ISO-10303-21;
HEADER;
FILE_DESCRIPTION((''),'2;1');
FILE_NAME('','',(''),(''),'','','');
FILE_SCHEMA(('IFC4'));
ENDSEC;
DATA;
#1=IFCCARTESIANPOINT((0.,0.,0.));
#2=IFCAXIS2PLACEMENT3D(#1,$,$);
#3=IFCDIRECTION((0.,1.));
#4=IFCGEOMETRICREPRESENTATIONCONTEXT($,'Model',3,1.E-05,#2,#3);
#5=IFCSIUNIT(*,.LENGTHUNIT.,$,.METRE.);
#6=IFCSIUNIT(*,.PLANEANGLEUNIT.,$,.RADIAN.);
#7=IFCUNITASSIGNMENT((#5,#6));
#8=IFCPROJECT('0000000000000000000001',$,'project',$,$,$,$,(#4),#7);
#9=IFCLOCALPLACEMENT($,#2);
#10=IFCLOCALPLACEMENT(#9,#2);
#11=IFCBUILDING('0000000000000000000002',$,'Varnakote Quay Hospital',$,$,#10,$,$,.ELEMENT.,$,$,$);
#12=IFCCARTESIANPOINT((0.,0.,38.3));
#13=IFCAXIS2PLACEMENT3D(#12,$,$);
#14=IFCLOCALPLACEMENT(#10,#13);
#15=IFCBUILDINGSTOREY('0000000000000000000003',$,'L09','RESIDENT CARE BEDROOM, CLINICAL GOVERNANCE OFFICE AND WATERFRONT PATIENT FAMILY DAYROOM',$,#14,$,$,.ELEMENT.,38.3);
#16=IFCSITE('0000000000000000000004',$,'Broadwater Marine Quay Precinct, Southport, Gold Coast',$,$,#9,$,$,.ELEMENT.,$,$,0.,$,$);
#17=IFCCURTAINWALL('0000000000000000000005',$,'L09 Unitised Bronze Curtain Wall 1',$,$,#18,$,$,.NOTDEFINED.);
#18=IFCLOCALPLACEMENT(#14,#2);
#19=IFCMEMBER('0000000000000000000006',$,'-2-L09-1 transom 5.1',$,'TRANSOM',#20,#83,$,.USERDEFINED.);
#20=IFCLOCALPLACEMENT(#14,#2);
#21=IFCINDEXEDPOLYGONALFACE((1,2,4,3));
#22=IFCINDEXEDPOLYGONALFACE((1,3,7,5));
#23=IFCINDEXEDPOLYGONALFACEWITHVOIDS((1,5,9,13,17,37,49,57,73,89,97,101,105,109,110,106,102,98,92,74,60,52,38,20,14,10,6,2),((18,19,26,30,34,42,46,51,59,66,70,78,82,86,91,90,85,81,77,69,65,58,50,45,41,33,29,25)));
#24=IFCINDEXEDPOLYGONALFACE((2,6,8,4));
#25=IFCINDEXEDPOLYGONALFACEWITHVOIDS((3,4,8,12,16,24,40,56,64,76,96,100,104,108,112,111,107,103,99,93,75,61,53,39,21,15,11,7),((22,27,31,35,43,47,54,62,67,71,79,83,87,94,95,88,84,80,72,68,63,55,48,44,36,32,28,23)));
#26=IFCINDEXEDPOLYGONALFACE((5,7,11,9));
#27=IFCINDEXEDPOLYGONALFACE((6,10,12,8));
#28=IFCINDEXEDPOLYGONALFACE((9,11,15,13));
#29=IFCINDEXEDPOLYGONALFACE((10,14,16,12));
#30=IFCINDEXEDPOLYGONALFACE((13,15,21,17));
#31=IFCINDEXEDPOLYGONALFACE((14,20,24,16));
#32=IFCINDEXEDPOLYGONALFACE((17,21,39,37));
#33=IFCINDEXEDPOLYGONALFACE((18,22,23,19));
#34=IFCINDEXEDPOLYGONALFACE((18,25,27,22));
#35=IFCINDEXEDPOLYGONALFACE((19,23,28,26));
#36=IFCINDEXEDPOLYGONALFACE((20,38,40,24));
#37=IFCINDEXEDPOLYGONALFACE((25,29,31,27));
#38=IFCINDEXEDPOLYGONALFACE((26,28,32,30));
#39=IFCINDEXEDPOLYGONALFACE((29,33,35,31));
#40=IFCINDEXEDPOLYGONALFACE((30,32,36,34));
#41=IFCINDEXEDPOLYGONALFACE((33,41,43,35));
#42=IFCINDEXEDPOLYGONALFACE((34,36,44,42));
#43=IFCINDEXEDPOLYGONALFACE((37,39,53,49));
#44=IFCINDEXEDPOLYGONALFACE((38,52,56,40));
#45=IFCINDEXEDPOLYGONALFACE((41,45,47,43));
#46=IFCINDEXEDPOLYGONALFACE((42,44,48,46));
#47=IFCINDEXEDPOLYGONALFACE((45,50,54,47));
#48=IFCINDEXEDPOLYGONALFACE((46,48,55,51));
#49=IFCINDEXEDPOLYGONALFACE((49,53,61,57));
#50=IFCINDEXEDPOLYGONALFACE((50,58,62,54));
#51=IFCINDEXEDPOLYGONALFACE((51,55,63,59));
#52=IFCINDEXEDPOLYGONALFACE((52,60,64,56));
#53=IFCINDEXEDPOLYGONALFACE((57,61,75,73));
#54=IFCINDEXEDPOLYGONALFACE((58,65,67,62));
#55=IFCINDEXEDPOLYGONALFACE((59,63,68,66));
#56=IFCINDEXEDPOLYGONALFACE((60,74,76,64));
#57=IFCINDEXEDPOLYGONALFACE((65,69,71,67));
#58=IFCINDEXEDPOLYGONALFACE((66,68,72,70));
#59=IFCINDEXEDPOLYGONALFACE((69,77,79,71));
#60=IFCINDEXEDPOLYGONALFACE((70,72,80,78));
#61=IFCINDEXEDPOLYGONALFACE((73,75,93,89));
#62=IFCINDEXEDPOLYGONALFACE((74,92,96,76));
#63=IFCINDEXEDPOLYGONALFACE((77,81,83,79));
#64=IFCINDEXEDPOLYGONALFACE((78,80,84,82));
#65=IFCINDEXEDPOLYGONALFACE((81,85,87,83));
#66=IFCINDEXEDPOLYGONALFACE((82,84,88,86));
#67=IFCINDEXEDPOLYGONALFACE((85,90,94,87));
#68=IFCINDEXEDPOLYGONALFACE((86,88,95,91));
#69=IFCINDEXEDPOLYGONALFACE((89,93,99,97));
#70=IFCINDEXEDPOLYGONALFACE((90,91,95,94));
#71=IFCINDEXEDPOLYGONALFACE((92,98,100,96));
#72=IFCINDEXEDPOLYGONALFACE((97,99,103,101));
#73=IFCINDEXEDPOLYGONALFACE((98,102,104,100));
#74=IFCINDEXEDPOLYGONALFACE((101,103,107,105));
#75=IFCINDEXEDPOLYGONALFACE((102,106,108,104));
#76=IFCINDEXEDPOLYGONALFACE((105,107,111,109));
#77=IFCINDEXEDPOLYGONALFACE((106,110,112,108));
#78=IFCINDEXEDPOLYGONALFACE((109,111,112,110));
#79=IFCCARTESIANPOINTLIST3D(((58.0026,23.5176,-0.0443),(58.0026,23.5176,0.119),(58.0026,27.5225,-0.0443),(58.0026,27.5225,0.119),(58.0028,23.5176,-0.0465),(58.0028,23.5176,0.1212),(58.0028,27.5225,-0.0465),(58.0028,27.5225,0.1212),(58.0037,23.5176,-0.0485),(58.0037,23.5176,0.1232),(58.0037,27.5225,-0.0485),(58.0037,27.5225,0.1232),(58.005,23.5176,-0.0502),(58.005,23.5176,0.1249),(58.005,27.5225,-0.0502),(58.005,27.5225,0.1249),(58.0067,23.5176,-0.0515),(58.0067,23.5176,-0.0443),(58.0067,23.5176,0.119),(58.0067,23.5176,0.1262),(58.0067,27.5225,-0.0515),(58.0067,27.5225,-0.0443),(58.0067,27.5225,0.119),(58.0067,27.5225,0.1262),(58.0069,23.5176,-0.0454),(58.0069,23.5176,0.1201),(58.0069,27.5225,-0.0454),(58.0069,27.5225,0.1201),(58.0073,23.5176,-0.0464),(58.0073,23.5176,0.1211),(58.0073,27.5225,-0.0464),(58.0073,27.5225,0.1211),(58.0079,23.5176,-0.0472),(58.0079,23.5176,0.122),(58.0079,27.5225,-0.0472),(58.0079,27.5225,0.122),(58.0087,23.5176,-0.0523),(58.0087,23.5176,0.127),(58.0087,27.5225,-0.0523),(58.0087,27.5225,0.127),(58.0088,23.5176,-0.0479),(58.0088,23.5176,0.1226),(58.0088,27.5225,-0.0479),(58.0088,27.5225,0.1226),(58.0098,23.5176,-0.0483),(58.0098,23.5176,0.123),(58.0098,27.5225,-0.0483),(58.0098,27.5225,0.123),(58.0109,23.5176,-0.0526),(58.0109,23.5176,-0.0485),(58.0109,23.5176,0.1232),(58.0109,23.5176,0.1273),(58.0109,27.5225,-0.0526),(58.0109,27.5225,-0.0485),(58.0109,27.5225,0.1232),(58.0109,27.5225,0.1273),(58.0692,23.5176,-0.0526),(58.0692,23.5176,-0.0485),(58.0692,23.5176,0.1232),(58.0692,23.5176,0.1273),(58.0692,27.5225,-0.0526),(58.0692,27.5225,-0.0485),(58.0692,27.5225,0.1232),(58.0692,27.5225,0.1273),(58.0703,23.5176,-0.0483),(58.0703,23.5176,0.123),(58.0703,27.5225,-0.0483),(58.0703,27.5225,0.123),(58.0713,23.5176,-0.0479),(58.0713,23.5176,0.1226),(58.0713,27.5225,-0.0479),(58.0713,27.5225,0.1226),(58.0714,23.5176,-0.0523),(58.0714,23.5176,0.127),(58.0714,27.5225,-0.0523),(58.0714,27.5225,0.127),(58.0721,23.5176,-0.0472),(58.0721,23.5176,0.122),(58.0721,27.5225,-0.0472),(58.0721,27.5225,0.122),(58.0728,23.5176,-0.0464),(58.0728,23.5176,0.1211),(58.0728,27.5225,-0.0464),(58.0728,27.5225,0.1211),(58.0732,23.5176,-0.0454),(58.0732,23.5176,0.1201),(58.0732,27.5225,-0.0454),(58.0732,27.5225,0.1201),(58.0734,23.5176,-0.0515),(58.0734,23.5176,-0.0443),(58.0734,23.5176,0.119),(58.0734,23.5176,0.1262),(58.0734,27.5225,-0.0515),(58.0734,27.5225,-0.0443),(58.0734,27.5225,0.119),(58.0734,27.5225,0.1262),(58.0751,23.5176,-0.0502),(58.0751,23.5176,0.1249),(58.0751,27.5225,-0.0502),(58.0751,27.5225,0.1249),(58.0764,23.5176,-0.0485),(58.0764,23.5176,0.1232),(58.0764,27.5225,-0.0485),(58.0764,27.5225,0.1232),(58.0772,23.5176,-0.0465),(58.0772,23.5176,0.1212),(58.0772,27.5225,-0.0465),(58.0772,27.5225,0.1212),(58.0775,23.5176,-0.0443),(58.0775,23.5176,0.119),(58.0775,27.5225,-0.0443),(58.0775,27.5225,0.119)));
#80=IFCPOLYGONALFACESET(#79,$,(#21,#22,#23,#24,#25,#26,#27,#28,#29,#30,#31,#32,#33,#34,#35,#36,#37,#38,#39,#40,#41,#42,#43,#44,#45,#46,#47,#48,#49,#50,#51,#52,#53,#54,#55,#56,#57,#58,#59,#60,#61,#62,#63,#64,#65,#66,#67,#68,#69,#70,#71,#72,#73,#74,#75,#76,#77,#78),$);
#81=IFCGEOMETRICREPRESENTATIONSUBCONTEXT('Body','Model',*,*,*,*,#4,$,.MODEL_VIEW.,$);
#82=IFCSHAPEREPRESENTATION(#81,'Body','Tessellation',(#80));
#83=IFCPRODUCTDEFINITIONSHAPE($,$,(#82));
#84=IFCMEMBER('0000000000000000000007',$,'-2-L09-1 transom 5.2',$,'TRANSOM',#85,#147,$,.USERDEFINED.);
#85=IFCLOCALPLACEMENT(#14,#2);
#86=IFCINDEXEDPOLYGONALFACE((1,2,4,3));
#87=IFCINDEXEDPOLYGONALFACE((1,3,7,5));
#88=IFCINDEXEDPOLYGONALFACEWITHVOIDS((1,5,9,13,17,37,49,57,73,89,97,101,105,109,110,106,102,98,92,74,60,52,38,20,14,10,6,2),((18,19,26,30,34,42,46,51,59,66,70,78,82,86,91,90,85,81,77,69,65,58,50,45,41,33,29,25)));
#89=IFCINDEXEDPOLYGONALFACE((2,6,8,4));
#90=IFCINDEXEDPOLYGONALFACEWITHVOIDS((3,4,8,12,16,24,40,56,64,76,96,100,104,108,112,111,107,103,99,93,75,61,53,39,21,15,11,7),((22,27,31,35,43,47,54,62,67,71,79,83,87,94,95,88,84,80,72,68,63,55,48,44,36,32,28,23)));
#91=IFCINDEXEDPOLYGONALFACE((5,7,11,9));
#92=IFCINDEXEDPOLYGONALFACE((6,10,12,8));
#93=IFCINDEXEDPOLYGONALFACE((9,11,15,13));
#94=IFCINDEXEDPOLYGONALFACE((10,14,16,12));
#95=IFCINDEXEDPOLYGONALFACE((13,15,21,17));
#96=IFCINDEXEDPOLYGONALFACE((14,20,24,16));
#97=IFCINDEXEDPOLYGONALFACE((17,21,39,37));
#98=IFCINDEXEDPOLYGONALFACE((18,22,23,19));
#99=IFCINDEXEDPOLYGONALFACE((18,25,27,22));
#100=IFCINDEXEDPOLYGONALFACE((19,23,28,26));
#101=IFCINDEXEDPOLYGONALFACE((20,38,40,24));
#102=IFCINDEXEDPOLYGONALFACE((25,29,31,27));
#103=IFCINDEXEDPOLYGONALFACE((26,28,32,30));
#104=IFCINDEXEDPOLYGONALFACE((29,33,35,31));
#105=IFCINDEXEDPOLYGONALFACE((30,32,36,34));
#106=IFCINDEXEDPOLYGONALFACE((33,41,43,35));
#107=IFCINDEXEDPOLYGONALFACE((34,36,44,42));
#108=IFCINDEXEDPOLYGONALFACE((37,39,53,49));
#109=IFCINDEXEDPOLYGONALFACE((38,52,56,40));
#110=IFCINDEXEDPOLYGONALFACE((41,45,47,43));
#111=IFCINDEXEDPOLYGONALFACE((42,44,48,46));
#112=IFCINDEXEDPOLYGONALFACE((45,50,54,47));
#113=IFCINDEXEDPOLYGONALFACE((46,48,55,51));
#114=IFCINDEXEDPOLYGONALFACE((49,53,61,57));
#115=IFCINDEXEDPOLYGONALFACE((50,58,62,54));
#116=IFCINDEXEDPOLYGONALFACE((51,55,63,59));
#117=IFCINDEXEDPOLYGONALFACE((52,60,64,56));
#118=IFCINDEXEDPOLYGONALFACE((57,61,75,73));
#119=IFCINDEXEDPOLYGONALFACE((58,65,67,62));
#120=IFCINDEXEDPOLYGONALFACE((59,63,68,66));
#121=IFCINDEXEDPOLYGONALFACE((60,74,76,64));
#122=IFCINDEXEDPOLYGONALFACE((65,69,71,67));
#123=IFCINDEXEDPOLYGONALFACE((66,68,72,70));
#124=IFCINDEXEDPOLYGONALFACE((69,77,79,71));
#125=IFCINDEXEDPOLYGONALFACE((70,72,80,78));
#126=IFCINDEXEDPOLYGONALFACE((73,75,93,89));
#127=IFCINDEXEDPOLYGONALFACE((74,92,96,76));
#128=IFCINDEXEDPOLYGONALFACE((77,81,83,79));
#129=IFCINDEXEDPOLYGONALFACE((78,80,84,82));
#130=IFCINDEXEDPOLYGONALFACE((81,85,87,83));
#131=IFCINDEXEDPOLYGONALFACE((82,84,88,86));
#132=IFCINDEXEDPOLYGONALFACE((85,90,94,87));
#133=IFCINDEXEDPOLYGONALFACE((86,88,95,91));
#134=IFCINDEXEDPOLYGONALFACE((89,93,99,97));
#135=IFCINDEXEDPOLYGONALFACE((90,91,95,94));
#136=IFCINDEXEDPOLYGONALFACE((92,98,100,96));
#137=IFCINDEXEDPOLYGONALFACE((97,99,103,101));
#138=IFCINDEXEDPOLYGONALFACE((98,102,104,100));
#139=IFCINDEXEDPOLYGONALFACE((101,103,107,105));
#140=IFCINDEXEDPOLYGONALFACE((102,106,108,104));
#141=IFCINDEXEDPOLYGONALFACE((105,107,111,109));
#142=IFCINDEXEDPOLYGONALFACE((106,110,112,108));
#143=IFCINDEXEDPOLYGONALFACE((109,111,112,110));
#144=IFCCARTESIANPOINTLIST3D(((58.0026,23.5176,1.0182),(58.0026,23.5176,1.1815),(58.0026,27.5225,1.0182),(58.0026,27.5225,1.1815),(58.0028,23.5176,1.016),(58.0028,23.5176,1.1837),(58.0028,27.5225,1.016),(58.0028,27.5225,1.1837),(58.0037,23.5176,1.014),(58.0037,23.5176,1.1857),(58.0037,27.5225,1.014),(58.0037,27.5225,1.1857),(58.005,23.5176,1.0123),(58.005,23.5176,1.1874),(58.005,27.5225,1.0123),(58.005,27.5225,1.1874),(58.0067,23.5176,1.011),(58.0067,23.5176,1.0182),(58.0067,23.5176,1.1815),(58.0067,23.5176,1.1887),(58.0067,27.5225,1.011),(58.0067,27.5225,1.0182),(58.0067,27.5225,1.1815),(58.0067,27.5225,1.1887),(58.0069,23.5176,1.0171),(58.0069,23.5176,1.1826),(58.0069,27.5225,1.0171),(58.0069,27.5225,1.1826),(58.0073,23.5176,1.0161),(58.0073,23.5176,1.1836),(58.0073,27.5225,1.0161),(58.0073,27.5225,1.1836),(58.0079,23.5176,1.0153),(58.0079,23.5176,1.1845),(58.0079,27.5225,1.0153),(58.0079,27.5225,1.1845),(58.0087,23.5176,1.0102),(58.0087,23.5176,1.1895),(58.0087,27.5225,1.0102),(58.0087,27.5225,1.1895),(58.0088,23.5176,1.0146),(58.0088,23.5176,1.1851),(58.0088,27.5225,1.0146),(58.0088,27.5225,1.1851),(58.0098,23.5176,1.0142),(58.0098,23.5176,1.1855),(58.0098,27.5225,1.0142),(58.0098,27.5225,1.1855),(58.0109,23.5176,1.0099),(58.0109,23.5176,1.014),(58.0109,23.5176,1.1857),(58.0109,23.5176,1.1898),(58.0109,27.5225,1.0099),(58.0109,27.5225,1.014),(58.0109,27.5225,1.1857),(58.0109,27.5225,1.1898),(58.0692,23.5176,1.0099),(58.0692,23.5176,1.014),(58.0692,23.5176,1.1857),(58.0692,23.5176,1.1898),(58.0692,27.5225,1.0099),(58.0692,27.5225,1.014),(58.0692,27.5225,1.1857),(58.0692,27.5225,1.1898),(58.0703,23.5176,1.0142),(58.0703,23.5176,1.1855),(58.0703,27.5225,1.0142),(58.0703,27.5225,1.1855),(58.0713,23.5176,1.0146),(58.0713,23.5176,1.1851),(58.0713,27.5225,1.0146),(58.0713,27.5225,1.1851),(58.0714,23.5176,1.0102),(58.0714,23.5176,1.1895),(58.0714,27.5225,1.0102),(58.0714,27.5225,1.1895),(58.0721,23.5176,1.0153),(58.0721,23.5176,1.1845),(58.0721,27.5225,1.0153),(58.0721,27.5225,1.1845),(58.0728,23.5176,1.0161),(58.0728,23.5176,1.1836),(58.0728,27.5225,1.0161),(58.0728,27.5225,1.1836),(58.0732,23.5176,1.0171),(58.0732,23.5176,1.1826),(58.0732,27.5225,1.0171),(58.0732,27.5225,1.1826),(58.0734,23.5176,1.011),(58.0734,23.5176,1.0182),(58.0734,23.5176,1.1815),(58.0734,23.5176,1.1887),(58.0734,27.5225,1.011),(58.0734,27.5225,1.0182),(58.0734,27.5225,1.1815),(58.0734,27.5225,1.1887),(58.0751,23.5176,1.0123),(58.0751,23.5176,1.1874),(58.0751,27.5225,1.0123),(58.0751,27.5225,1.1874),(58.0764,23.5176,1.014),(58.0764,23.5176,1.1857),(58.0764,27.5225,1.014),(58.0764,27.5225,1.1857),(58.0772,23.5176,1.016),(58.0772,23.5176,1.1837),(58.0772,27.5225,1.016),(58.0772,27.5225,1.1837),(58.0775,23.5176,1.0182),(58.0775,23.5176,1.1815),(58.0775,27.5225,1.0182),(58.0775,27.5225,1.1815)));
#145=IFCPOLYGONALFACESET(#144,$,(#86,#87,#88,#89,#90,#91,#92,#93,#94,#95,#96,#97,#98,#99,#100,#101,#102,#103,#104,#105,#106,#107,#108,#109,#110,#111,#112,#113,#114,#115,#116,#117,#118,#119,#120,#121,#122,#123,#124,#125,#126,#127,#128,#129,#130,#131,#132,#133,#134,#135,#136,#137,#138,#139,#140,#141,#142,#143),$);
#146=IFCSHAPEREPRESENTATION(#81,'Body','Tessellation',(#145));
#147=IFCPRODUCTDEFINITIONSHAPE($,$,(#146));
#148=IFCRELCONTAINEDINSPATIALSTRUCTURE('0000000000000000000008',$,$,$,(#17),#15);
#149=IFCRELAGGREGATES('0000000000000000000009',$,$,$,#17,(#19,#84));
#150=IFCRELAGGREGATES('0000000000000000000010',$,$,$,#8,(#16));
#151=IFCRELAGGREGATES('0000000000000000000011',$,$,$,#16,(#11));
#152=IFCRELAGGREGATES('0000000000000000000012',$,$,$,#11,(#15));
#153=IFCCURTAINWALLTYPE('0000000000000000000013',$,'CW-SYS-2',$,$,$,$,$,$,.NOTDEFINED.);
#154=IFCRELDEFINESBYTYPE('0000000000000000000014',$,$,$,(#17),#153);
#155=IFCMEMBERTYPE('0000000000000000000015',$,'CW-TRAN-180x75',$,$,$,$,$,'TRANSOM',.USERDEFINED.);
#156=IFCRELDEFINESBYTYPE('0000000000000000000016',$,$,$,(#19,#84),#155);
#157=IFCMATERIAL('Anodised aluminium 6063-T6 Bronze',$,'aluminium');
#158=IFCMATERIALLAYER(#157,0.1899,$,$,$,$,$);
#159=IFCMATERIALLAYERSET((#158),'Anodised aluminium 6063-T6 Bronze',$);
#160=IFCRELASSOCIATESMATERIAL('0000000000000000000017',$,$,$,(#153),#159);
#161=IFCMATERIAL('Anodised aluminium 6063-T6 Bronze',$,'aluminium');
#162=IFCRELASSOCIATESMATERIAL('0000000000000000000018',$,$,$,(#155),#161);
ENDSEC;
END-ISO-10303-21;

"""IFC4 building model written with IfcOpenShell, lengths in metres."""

from ifc_helpers import new_model, si_unit, direction, frame, origin, origin_2d, place, context, subcontext, project, spatial, hollow_rectangle, extrude, material, layer, layer_set, material_profile, profile_set, type_object, element, aggregate, save


model = new_model("IFC4")

# Units and contexts
model_context = context("Model", 3, precision=1e-05, world=origin(), true_north=direction((0.0, 1.0)))
body_context = subcontext(model_context, "Body", "Model", "MODEL_VIEW")
ifc_project = project(units=[si_unit("LENGTHUNIT", "METRE"), si_unit("PLANEANGLEUNIT", "RADIAN")], contexts=[model_context])

# Site, building, storey
site_placement = place(None, origin())
site = spatial("IfcSite", under=ifc_project, at=site_placement, Name="Broadwater Marine Quay Precinct, Southport, Gold Coast", CompositionType="ELEMENT", RefElevation=0.0)
building_placement = place(site_placement, origin())
building = spatial("IfcBuilding", under=site, at=building_placement, Name="Varnakote Quay Hospital", CompositionType="ELEMENT")
storey_placement = place(building_placement, frame((0.0, 0.0, 38.3)))
storey = spatial("IfcBuildingStorey", under=building, at=storey_placement, Name="L09", Description="RESIDENT CARE BEDROOM, CLINICAL GOVERNANCE OFFICE AND WATERFRONT PATIENT FAMILY DAYROOM", CompositionType="ELEMENT", Elevation=38.3)

# Curtain wall, members
ifc_material_1 = material(Name="Anodised aluminium 6063-T6 Bronze", Category="aluminium")
ifc_layer_1 = layer(ifc_material_1, 0.1899)
ifc_layer_set_1 = layer_set([ifc_layer_1], Name="Anodised aluminium 6063-T6 Bronze")
curtain_wall_type = type_object("IfcCurtainWallType", Name="CW-SYS-2", PredefinedType="NOTDEFINED", material=ifc_layer_set_1)
curtain_wall_placement = place(storey_placement, origin())
curtain_wall = element("IfcCurtainWall", 1, at=curtain_wall_placement, inside=storey, type_object=curtain_wall_type, Name="L09 Unitised Bronze Curtain Wall 1", PredefinedType="NOTDEFINED")
ifc_material_2 = material(Name="Anodised aluminium 6063-T6 Bronze", Category="aluminium")
ifc_material_profile_1 = material_profile(ifc_material_2, hollow_rectangle(XDim=0.075, YDim=0.1799, WallThickness=0.0042, InnerFilletRadius=0.0042, OuterFilletRadius=0.0083, at=origin_2d()), Name="CW-TRAN-180x75")
ifc_profile_set_1 = profile_set([ifc_material_profile_1], Name="Anodised aluminium 6063-T6 Bronze")
member_type_1 = type_object("IfcMemberType", Name="CW-TRAN-180x75", ElementType="TRANSOM", PredefinedType="USERDEFINED", material=ifc_profile_set_1)
member_1_placement = place(storey_placement, frame((58.04, 23.5176, 0.0374), z_axis=(0.0, 1.0, 0.0), x_axis=(-1.0, 0.0, 0.0)))
member_1 = element("IfcMember", 2, at=member_1_placement, type_object=member_type_1, Name="-2-L09-1 transom 5.1", ObjectType="TRANSOM", PredefinedType="USERDEFINED", context=body_context, shape_type="SweptSolid", body=[
    extrude(hollow_rectangle(XDim=0.075, YDim=0.1799, WallThickness=0.0042, InnerFilletRadius=0.0042, OuterFilletRadius=0.0083, at=origin_2d()), origin(), (0.0, 0.0, 1.0), 4.0049),
])
member_2_placement = place(storey_placement, frame((58.04, 23.5176, 1.0999), z_axis=(0.0, 1.0, 0.0), x_axis=(-1.0, 0.0, 0.0)))
member_2 = element("IfcMember", 3, at=member_2_placement, type_object=member_type_1, Name="-2-L09-1 transom 5.2", ObjectType="TRANSOM", PredefinedType="USERDEFINED", context=body_context, shape_type="SweptSolid", body=[
    extrude(hollow_rectangle(XDim=0.075, YDim=0.1799, WallThickness=0.0042, InnerFilletRadius=0.0042, OuterFilletRadius=0.0083, at=origin_2d()), origin(), (0.0, 0.0, 1.0), 4.0049),
])
aggregate(curtain_wall, [member_1, member_2])

save(model, "model.ifc")
